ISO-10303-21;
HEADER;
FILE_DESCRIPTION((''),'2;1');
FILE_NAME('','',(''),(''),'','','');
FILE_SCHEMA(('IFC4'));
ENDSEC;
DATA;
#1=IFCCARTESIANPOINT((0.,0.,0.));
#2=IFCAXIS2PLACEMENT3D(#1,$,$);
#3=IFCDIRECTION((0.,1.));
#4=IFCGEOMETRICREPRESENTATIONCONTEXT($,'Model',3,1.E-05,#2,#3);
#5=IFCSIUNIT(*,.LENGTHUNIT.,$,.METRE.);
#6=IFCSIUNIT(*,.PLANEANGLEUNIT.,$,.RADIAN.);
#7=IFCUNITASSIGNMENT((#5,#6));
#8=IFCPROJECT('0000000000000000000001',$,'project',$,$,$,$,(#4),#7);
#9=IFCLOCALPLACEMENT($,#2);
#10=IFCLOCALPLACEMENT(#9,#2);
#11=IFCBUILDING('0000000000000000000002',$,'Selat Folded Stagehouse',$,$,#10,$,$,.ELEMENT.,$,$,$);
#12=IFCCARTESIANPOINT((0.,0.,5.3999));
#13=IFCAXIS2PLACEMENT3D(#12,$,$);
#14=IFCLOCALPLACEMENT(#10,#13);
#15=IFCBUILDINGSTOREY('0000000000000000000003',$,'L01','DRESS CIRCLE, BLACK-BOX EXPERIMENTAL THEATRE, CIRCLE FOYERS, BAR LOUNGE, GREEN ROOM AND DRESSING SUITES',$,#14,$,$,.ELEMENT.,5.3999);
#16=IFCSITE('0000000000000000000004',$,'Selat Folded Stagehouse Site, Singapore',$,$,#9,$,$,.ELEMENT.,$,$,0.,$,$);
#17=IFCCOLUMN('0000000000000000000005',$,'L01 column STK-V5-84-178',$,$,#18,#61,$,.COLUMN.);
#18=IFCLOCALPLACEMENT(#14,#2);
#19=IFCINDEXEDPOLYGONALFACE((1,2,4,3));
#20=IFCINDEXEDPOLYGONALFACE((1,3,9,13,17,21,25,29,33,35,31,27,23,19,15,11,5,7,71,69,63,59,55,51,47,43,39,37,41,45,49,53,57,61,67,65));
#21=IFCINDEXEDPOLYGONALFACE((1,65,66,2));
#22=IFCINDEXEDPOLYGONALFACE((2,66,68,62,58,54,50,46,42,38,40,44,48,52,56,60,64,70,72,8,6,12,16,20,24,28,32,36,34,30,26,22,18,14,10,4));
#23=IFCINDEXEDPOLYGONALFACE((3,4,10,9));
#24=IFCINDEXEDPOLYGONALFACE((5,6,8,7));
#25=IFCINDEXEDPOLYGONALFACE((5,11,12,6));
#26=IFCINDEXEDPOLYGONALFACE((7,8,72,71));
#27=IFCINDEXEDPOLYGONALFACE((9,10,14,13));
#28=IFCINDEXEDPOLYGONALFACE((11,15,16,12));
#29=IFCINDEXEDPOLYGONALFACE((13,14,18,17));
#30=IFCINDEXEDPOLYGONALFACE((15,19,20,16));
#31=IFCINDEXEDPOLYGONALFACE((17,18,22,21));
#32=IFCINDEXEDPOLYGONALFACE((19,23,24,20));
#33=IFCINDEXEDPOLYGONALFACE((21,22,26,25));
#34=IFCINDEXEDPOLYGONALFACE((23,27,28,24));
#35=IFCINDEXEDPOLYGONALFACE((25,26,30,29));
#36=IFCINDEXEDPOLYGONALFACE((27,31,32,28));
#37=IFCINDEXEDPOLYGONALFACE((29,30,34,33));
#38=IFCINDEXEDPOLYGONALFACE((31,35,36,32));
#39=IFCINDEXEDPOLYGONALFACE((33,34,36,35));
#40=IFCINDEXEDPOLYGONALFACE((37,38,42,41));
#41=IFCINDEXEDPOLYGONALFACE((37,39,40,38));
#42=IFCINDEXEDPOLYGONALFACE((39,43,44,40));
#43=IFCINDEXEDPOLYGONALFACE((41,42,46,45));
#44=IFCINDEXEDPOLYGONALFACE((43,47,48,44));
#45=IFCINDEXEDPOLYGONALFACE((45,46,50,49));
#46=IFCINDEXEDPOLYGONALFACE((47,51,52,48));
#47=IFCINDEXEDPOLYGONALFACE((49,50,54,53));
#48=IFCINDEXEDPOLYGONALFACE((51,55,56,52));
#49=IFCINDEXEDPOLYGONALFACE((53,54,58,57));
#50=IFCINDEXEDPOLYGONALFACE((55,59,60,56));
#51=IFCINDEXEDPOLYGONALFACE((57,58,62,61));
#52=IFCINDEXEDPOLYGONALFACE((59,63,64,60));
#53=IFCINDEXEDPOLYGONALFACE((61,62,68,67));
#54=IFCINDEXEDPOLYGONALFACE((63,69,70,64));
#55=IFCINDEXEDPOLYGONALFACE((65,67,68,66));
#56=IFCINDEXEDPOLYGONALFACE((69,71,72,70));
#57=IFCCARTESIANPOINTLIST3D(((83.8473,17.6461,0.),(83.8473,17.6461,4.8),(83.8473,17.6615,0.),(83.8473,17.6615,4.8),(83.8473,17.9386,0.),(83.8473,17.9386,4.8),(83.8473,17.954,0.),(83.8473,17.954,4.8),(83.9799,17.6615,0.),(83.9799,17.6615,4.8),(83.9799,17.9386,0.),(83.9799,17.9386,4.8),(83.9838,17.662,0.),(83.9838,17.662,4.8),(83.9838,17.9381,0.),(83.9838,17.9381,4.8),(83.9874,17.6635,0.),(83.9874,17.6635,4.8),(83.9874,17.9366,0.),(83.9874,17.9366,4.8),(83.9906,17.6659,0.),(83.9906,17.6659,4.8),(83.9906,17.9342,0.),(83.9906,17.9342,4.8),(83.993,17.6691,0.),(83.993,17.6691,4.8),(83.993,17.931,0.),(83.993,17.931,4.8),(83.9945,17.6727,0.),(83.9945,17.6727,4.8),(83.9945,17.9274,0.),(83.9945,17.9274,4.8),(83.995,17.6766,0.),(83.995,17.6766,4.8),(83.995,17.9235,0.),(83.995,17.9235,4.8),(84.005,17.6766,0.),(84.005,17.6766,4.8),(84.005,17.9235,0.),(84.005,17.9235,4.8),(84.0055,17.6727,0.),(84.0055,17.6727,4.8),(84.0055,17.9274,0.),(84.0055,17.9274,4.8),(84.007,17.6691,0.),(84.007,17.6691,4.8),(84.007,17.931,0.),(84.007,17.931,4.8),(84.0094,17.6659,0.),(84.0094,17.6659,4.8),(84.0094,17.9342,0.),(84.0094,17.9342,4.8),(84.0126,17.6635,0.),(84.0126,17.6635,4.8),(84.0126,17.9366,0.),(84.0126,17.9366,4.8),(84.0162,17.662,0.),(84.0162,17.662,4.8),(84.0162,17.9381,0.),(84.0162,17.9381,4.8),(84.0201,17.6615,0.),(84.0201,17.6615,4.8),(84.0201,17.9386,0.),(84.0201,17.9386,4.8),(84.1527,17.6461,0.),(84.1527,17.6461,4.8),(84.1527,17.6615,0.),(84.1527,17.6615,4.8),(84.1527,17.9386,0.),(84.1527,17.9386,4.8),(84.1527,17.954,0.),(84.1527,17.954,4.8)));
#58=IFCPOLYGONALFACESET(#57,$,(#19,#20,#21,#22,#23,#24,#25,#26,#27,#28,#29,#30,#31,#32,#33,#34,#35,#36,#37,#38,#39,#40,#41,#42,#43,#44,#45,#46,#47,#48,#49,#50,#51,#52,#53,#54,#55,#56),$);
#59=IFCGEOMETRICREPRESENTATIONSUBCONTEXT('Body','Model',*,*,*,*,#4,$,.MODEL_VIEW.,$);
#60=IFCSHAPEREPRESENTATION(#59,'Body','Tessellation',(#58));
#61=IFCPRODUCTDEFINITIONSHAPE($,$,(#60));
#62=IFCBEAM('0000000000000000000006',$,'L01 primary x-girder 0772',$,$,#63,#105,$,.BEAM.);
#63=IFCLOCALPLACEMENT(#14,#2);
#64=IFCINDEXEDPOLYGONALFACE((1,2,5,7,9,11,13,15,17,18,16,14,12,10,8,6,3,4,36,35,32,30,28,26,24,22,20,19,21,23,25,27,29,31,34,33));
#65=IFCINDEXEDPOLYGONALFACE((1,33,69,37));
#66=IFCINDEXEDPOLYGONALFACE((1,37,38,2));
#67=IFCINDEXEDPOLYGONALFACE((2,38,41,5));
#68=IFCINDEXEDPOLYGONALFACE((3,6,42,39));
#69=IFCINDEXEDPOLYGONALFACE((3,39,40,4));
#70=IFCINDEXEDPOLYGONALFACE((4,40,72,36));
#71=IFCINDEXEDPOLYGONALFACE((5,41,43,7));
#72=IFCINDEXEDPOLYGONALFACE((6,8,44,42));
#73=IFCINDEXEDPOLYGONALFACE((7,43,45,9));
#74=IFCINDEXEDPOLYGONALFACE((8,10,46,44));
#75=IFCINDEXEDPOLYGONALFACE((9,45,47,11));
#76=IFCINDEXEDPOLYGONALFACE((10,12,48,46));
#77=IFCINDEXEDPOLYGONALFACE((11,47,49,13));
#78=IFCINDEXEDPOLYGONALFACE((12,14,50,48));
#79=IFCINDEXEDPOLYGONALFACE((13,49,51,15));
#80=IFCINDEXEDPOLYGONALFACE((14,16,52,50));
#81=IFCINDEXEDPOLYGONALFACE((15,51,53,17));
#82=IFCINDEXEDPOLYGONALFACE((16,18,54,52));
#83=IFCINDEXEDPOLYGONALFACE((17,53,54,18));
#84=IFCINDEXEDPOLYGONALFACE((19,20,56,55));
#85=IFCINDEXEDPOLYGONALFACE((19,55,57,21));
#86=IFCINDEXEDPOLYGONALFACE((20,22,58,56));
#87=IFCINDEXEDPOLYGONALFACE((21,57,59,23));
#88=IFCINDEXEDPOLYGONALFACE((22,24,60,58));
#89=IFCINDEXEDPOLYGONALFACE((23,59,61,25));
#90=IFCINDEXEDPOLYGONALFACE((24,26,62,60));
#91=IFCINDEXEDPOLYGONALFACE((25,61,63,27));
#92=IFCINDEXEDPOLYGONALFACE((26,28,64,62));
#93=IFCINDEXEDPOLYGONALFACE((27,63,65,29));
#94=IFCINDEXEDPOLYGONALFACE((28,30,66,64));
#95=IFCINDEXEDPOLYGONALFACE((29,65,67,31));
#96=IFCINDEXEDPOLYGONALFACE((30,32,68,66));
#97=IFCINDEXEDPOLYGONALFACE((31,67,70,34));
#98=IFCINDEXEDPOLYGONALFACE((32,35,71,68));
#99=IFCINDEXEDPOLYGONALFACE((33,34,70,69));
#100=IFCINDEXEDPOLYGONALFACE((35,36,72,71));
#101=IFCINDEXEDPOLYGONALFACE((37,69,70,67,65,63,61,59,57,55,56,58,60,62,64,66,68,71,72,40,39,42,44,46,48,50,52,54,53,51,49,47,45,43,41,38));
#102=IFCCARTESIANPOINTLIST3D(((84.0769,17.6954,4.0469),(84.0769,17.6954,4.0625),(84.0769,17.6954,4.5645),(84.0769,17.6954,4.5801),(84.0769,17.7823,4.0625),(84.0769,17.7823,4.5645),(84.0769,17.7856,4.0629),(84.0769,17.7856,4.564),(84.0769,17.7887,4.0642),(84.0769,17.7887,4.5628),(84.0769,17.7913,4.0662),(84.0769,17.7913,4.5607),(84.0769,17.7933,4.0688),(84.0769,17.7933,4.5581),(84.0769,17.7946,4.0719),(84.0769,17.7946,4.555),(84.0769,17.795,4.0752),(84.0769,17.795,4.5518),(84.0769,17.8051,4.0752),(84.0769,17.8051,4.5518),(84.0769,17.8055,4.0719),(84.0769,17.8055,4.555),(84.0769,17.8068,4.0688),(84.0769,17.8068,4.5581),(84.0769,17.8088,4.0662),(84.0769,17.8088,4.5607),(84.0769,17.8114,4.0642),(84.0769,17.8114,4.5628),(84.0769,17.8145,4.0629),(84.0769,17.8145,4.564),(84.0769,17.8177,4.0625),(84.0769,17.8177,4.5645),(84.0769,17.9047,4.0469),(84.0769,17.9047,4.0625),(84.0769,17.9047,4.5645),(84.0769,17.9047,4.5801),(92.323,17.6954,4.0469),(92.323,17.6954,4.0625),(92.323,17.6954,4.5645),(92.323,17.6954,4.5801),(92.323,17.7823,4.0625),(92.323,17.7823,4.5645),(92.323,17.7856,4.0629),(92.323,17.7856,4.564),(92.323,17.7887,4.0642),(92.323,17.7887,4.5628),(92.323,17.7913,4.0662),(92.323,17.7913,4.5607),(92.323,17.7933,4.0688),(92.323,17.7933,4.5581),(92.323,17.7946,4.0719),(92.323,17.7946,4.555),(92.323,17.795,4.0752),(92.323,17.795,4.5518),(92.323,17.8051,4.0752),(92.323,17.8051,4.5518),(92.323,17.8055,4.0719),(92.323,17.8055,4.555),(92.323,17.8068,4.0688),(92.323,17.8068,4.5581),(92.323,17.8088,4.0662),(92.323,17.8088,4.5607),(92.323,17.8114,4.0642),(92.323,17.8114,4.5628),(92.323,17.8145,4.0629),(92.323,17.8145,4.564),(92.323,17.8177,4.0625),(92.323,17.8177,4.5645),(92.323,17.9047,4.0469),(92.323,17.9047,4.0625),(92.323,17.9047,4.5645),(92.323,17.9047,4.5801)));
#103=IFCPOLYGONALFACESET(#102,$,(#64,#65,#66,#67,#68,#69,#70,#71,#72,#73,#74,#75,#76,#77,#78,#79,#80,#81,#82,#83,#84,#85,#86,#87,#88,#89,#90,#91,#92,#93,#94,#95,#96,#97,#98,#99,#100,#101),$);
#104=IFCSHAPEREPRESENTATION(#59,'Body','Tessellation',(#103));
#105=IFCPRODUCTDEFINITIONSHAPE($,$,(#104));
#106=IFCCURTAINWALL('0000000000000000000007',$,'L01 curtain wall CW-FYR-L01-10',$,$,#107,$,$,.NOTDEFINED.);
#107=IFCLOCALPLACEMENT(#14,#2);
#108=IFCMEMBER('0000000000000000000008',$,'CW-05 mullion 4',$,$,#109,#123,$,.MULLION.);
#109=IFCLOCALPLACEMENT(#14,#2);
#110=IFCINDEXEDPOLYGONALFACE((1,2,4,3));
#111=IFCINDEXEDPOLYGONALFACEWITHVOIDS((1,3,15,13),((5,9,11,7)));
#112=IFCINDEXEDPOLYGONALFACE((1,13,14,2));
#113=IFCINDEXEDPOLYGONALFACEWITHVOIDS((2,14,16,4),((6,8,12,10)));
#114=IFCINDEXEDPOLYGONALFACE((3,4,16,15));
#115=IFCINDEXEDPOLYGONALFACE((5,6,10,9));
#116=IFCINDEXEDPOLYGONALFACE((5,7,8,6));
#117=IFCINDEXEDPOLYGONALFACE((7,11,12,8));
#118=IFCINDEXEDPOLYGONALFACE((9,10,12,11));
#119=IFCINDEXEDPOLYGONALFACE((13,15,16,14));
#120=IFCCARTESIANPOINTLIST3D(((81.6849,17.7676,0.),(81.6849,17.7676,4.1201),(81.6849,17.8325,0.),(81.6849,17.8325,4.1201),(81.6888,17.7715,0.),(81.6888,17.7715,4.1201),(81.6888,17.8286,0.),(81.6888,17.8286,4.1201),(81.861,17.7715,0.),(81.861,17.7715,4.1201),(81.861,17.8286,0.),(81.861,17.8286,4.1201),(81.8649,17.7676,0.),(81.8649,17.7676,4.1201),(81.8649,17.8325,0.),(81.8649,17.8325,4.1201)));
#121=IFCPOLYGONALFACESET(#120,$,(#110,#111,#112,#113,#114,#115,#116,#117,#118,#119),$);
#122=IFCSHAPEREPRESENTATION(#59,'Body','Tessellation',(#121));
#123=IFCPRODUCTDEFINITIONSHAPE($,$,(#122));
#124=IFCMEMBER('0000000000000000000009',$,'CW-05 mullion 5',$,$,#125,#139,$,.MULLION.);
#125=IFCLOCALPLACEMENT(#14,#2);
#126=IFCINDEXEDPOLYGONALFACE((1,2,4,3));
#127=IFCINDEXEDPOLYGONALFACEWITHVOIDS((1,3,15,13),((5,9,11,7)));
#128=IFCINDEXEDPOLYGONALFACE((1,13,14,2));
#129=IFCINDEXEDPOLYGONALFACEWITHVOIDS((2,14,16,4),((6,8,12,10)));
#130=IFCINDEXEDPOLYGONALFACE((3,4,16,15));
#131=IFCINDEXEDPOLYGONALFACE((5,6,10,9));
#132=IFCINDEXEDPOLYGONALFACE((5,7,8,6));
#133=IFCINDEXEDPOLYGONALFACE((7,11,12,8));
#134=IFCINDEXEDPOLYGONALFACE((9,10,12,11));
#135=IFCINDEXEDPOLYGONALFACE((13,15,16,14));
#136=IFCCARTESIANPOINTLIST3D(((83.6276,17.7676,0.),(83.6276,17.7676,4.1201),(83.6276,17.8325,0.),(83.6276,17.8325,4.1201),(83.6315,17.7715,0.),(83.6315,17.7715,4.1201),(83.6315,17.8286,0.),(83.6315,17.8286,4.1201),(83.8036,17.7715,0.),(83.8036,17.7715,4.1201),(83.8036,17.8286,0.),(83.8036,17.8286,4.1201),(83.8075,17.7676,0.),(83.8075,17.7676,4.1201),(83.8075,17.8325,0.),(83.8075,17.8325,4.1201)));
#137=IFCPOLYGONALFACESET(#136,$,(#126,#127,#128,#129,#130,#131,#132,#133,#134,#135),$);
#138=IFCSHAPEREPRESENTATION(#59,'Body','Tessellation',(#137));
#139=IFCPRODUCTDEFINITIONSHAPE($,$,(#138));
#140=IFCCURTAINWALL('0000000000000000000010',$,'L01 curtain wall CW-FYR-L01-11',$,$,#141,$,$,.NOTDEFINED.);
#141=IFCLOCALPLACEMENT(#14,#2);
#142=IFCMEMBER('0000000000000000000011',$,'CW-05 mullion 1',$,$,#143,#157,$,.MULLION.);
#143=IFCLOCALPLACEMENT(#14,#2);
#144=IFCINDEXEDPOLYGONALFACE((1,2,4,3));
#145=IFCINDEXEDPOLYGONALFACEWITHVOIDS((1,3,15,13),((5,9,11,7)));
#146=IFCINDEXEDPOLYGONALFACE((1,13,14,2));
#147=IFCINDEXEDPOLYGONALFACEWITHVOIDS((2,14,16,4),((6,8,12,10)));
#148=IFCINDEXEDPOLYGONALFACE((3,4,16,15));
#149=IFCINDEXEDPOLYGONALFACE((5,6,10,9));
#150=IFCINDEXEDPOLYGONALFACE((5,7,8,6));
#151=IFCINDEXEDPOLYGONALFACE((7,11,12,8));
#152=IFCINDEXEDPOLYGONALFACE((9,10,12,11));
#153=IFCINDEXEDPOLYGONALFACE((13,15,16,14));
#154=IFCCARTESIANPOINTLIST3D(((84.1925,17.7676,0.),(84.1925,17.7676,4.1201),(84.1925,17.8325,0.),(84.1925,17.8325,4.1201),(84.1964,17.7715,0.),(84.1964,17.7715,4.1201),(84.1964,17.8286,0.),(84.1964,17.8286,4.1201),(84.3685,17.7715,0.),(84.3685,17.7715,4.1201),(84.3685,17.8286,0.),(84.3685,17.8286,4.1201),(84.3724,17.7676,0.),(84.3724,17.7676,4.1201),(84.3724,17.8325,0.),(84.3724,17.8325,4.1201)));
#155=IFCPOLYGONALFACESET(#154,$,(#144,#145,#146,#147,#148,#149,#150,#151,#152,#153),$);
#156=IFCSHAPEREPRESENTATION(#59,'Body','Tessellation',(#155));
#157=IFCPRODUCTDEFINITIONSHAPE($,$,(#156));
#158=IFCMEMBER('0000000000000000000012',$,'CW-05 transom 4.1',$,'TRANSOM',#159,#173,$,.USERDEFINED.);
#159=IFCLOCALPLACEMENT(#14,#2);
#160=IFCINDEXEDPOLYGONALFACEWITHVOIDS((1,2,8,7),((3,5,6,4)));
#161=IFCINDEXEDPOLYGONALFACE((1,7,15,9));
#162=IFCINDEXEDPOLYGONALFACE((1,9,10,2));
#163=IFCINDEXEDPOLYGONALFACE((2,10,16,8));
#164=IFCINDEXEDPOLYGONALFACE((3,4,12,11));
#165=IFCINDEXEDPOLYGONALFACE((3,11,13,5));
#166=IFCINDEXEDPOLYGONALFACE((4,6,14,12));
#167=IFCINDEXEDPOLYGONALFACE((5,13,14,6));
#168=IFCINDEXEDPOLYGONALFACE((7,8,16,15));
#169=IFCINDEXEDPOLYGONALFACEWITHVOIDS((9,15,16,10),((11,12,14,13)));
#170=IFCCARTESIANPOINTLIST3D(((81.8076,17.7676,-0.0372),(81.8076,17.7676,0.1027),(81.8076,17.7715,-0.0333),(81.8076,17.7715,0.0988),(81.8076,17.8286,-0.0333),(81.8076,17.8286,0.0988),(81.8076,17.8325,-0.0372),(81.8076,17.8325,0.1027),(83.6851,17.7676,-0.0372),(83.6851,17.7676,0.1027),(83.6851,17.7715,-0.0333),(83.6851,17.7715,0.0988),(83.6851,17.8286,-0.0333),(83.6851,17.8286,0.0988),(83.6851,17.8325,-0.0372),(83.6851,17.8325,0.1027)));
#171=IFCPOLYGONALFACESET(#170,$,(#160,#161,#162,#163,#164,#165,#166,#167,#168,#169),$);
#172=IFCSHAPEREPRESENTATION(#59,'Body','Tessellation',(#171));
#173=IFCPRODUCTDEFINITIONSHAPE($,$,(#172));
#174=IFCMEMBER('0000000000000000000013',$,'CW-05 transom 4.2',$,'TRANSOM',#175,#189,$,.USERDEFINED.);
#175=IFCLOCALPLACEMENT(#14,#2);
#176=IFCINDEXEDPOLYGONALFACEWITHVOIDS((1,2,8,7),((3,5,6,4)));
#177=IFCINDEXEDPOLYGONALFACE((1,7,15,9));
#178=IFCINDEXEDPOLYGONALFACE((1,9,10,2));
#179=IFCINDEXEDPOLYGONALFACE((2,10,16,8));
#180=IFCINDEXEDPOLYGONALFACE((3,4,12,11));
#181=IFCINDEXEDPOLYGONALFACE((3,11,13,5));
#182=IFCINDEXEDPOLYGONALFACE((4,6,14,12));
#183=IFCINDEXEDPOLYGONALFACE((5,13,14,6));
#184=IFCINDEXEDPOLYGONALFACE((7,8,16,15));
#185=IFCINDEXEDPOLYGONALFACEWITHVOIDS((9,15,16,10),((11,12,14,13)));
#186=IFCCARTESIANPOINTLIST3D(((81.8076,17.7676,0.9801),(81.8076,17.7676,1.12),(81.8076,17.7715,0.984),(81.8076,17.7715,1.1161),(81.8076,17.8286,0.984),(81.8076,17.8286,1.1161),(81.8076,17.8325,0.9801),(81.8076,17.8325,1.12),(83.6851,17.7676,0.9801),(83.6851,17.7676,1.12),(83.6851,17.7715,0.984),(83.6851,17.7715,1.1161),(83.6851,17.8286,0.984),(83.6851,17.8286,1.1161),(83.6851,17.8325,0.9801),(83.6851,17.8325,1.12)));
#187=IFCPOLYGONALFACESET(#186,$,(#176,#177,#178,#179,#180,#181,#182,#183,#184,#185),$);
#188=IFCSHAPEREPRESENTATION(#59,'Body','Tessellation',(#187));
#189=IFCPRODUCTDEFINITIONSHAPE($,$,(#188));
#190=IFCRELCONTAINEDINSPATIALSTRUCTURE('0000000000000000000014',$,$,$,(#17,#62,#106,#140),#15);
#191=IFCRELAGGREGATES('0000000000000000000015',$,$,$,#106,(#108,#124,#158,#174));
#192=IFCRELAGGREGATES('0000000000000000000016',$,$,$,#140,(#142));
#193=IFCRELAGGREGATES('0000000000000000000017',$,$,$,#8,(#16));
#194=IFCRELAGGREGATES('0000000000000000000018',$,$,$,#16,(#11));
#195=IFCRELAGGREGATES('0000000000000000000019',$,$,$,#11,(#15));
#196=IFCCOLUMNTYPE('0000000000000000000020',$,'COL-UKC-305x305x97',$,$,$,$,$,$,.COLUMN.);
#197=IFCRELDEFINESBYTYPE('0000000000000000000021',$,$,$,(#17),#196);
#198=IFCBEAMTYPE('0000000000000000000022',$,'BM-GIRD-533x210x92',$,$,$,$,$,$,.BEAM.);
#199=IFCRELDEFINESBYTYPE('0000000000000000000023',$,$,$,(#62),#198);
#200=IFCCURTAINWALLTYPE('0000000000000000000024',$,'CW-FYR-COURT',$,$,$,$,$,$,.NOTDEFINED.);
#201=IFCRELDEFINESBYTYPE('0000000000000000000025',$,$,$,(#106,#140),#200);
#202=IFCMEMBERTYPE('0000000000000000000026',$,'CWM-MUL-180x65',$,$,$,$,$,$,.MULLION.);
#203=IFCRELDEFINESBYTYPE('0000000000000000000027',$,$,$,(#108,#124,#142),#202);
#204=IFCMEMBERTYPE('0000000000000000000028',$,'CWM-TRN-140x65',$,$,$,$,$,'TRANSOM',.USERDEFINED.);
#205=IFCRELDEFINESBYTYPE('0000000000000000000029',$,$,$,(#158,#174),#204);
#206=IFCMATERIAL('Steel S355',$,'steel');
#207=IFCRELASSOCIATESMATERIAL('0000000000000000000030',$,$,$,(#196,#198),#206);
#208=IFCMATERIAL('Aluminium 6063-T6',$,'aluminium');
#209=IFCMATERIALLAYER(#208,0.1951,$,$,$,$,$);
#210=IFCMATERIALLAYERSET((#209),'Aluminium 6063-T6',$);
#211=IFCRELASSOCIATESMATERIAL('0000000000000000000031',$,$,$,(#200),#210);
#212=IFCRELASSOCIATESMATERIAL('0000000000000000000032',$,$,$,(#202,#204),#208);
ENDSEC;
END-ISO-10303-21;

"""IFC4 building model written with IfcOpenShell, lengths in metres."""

from ifc_helpers import new_model, si_unit, direction, frame, origin, origin_2d, place, context, subcontext, project, spatial, hollow_rectangle, i_section, extrude, material, layer, layer_set, material_profile, profile_set, type_object, element, aggregate, save


model = new_model("IFC4")

# Units and contexts
model_context = context("Model", 3, precision=1e-05, world=origin(), true_north=direction((0.0, 1.0)))
body_context = subcontext(model_context, "Body", "Model", "MODEL_VIEW")
ifc_project = project(units=[si_unit("LENGTHUNIT", "METRE"), si_unit("PLANEANGLEUNIT", "RADIAN")], contexts=[model_context])

# Site, building, storey
site_placement = place(None, origin())
site = spatial("IfcSite", under=ifc_project, at=site_placement, Name="Selat Folded Stagehouse Site, Singapore", CompositionType="ELEMENT", RefElevation=0.0)
building_placement = place(site_placement, origin())
building = spatial("IfcBuilding", under=site, at=building_placement, Name="Selat Folded Stagehouse", CompositionType="ELEMENT")
storey_placement = place(building_placement, frame((0.0, 0.0, 5.3999)))
storey = spatial("IfcBuildingStorey", under=building, at=storey_placement, Name="L01", Description="DRESS CIRCLE, BLACK-BOX EXPERIMENTAL THEATRE, CIRCLE FOYERS, BAR LOUNGE, GREEN ROOM AND DRESSING SUITES", CompositionType="ELEMENT", Elevation=5.3999)

# Column
ifc_material_1 = material(Name="Steel S355", Category="steel")
ifc_material_profile_1 = material_profile(ifc_material_1, i_section(OverallWidth=0.3054, OverallDepth=0.3079, WebThickness=0.01, FlangeThickness=0.0154, FilletRadius=0.0151, at=origin_2d()), Name="UKC 305x305x97")
ifc_profile_set_1 = profile_set([ifc_material_profile_1], Name="Steel S355")
column_type = type_object("IfcColumnType", Name="COL-UKC-305x305x97", PredefinedType="COLUMN", material=ifc_profile_set_1)
column_placement = place(storey_placement, frame((84.0, 17.8, 0.0), z_axis=(0.0, 0.0, 1.0), x_axis=(1.0, 0.0, 0.0)))
element("IfcColumn", 1, at=column_placement, inside=storey, type_object=column_type, Name="L01 column STK-V5-84-178", PredefinedType="COLUMN", context=body_context, shape_type="SweptSolid", body=[
    extrude(i_section(OverallWidth=0.3054, OverallDepth=0.3079, WebThickness=0.01, FlangeThickness=0.0154, FilletRadius=0.0151, at=origin_2d()), origin(), (0.0, 0.0, 1.0), 4.8),
])

# Beam
ifc_material_profile_2 = material_profile(ifc_material_1, i_section(OverallWidth=0.2092, OverallDepth=0.5332, WebThickness=0.01, FlangeThickness=0.0156, FilletRadius=0.0127, at=origin_2d()), Name="UKB 533x210x92")
ifc_profile_set_2 = profile_set([ifc_material_profile_2], Name="Steel S355")
beam_type = type_object("IfcBeamType", Name="BM-GIRD-533x210x92", PredefinedType="BEAM", material=ifc_profile_set_2)
beam_placement = place(storey_placement, frame((84.0769, 17.8, 4.3135), z_axis=(1.0, 0.0, 0.0), x_axis=(0.0, 1.0, 0.0)))
element("IfcBeam", 2, at=beam_placement, inside=storey, type_object=beam_type, Name="L01 primary x-girder 0772", PredefinedType="BEAM", context=body_context, shape_type="SweptSolid", body=[
    extrude(i_section(OverallWidth=0.2092, OverallDepth=0.5332, WebThickness=0.01, FlangeThickness=0.0156, FilletRadius=0.0127, at=origin_2d()), origin(), (0.0, 0.0, 1.0), 8.2461),
])

# Curtain wall, members
ifc_material_2 = material(Name="Aluminium 6063-T6", Category="aluminium")
ifc_layer_1 = layer(ifc_material_2, 0.1951)
ifc_layer_set_1 = layer_set([ifc_layer_1], Name="Aluminium 6063-T6")
curtain_wall_type = type_object("IfcCurtainWallType", Name="CW-FYR-COURT", PredefinedType="NOTDEFINED", material=ifc_layer_set_1)
curtain_wall_1_placement = place(storey_placement, origin())
curtain_wall_1 = element("IfcCurtainWall", 3, at=curtain_wall_1_placement, inside=storey, type_object=curtain_wall_type, Name="L01 curtain wall CW-FYR-L01-10", PredefinedType="NOTDEFINED")
ifc_material_profile_3 = material_profile(ifc_material_2, hollow_rectangle(XDim=0.0649, YDim=0.1799, WallThickness=0.0039, at=origin_2d()), Name="ALU 180x65x4.0")
ifc_profile_set_3 = profile_set([ifc_material_profile_3], Name="Aluminium 6063-T6")
member_type_1 = type_object("IfcMemberType", Name="CWM-MUL-180x65", PredefinedType="MULLION", material=ifc_profile_set_3)
member_1_placement = place(storey_placement, frame((81.7749, 17.8, 0.0), z_axis=(0.0, 0.0, 1.0), x_axis=(0.0, 1.0, 0.0)))
member_1 = element("IfcMember", 4, at=member_1_placement, type_object=member_type_1, Name="CW-05 mullion 4", PredefinedType="MULLION", context=body_context, shape_type="SweptSolid", body=[
    extrude(hollow_rectangle(XDim=0.0649, YDim=0.1799, WallThickness=0.0039, at=origin_2d()), origin(), (0.0, 0.0, 1.0), 4.1201),
])
member_2_placement = place(storey_placement, frame((83.7175, 17.8, 0.0), z_axis=(0.0, 0.0, 1.0), x_axis=(0.0, 1.0, 0.0)))
member_2 = element("IfcMember", 5, at=member_2_placement, type_object=member_type_1, Name="CW-05 mullion 5", PredefinedType="MULLION", context=body_context, shape_type="SweptSolid", body=[
    extrude(hollow_rectangle(XDim=0.0649, YDim=0.1799, WallThickness=0.0039, at=origin_2d()), origin(), (0.0, 0.0, 1.0), 4.1201),
])

# Curtain wall, member
curtain_wall_2_placement = place(storey_placement, origin())
curtain_wall_2 = element("IfcCurtainWall", 6, at=curtain_wall_2_placement, inside=storey, type_object=curtain_wall_type, Name="L01 curtain wall CW-FYR-L01-11", PredefinedType="NOTDEFINED")
member_3_placement = place(storey_placement, frame((84.2825, 17.8, 0.0), z_axis=(0.0, 0.0, 1.0), x_axis=(0.0, 1.0, 0.0)))
member_3 = element("IfcMember", 7, at=member_3_placement, type_object=member_type_1, Name="CW-05 mullion 1", PredefinedType="MULLION", context=body_context, shape_type="SweptSolid", body=[
    extrude(hollow_rectangle(XDim=0.0649, YDim=0.1799, WallThickness=0.0039, at=origin_2d()), origin(), (0.0, 0.0, 1.0), 4.1201),
])

# Members
ifc_material_profile_4 = material_profile(ifc_material_2, hollow_rectangle(XDim=0.0649, YDim=0.1399, WallThickness=0.0039, at=origin_2d()), Name="ALU 140x65x4.0")
ifc_profile_set_4 = profile_set([ifc_material_profile_4], Name="Aluminium 6063-T6")
member_type_2 = type_object("IfcMemberType", Name="CWM-TRN-140x65", ElementType="TRANSOM", PredefinedType="USERDEFINED", material=ifc_profile_set_4)
member_4_placement = place(storey_placement, frame((81.8076, 17.8, 0.0327), z_axis=(1.0, 0.0, 0.0), x_axis=(0.0, 1.0, 0.0)))
member_4 = element("IfcMember", 8, at=member_4_placement, type_object=member_type_2, Name="CW-05 transom 4.1", ObjectType="TRANSOM", PredefinedType="USERDEFINED", context=body_context, shape_type="SweptSolid", body=[
    extrude(hollow_rectangle(XDim=0.0649, YDim=0.1399, WallThickness=0.0039, at=origin_2d()), origin(), (0.0, 0.0, 1.0), 1.8774),
])
member_5_placement = place(storey_placement, frame((81.8076, 17.8, 1.05), z_axis=(1.0, 0.0, 0.0), x_axis=(0.0, 1.0, 0.0)))
member_5 = element("IfcMember", 9, at=member_5_placement, type_object=member_type_2, Name="CW-05 transom 4.2", ObjectType="TRANSOM", PredefinedType="USERDEFINED", context=body_context, shape_type="SweptSolid", body=[
    extrude(hollow_rectangle(XDim=0.0649, YDim=0.1399, WallThickness=0.0039, at=origin_2d()), origin(), (0.0, 0.0, 1.0), 1.8774),
])

aggregate(curtain_wall_1, [member_1, member_2, member_4, member_5])
aggregate(curtain_wall_2, [member_3])

save(model, "model.ifc")
